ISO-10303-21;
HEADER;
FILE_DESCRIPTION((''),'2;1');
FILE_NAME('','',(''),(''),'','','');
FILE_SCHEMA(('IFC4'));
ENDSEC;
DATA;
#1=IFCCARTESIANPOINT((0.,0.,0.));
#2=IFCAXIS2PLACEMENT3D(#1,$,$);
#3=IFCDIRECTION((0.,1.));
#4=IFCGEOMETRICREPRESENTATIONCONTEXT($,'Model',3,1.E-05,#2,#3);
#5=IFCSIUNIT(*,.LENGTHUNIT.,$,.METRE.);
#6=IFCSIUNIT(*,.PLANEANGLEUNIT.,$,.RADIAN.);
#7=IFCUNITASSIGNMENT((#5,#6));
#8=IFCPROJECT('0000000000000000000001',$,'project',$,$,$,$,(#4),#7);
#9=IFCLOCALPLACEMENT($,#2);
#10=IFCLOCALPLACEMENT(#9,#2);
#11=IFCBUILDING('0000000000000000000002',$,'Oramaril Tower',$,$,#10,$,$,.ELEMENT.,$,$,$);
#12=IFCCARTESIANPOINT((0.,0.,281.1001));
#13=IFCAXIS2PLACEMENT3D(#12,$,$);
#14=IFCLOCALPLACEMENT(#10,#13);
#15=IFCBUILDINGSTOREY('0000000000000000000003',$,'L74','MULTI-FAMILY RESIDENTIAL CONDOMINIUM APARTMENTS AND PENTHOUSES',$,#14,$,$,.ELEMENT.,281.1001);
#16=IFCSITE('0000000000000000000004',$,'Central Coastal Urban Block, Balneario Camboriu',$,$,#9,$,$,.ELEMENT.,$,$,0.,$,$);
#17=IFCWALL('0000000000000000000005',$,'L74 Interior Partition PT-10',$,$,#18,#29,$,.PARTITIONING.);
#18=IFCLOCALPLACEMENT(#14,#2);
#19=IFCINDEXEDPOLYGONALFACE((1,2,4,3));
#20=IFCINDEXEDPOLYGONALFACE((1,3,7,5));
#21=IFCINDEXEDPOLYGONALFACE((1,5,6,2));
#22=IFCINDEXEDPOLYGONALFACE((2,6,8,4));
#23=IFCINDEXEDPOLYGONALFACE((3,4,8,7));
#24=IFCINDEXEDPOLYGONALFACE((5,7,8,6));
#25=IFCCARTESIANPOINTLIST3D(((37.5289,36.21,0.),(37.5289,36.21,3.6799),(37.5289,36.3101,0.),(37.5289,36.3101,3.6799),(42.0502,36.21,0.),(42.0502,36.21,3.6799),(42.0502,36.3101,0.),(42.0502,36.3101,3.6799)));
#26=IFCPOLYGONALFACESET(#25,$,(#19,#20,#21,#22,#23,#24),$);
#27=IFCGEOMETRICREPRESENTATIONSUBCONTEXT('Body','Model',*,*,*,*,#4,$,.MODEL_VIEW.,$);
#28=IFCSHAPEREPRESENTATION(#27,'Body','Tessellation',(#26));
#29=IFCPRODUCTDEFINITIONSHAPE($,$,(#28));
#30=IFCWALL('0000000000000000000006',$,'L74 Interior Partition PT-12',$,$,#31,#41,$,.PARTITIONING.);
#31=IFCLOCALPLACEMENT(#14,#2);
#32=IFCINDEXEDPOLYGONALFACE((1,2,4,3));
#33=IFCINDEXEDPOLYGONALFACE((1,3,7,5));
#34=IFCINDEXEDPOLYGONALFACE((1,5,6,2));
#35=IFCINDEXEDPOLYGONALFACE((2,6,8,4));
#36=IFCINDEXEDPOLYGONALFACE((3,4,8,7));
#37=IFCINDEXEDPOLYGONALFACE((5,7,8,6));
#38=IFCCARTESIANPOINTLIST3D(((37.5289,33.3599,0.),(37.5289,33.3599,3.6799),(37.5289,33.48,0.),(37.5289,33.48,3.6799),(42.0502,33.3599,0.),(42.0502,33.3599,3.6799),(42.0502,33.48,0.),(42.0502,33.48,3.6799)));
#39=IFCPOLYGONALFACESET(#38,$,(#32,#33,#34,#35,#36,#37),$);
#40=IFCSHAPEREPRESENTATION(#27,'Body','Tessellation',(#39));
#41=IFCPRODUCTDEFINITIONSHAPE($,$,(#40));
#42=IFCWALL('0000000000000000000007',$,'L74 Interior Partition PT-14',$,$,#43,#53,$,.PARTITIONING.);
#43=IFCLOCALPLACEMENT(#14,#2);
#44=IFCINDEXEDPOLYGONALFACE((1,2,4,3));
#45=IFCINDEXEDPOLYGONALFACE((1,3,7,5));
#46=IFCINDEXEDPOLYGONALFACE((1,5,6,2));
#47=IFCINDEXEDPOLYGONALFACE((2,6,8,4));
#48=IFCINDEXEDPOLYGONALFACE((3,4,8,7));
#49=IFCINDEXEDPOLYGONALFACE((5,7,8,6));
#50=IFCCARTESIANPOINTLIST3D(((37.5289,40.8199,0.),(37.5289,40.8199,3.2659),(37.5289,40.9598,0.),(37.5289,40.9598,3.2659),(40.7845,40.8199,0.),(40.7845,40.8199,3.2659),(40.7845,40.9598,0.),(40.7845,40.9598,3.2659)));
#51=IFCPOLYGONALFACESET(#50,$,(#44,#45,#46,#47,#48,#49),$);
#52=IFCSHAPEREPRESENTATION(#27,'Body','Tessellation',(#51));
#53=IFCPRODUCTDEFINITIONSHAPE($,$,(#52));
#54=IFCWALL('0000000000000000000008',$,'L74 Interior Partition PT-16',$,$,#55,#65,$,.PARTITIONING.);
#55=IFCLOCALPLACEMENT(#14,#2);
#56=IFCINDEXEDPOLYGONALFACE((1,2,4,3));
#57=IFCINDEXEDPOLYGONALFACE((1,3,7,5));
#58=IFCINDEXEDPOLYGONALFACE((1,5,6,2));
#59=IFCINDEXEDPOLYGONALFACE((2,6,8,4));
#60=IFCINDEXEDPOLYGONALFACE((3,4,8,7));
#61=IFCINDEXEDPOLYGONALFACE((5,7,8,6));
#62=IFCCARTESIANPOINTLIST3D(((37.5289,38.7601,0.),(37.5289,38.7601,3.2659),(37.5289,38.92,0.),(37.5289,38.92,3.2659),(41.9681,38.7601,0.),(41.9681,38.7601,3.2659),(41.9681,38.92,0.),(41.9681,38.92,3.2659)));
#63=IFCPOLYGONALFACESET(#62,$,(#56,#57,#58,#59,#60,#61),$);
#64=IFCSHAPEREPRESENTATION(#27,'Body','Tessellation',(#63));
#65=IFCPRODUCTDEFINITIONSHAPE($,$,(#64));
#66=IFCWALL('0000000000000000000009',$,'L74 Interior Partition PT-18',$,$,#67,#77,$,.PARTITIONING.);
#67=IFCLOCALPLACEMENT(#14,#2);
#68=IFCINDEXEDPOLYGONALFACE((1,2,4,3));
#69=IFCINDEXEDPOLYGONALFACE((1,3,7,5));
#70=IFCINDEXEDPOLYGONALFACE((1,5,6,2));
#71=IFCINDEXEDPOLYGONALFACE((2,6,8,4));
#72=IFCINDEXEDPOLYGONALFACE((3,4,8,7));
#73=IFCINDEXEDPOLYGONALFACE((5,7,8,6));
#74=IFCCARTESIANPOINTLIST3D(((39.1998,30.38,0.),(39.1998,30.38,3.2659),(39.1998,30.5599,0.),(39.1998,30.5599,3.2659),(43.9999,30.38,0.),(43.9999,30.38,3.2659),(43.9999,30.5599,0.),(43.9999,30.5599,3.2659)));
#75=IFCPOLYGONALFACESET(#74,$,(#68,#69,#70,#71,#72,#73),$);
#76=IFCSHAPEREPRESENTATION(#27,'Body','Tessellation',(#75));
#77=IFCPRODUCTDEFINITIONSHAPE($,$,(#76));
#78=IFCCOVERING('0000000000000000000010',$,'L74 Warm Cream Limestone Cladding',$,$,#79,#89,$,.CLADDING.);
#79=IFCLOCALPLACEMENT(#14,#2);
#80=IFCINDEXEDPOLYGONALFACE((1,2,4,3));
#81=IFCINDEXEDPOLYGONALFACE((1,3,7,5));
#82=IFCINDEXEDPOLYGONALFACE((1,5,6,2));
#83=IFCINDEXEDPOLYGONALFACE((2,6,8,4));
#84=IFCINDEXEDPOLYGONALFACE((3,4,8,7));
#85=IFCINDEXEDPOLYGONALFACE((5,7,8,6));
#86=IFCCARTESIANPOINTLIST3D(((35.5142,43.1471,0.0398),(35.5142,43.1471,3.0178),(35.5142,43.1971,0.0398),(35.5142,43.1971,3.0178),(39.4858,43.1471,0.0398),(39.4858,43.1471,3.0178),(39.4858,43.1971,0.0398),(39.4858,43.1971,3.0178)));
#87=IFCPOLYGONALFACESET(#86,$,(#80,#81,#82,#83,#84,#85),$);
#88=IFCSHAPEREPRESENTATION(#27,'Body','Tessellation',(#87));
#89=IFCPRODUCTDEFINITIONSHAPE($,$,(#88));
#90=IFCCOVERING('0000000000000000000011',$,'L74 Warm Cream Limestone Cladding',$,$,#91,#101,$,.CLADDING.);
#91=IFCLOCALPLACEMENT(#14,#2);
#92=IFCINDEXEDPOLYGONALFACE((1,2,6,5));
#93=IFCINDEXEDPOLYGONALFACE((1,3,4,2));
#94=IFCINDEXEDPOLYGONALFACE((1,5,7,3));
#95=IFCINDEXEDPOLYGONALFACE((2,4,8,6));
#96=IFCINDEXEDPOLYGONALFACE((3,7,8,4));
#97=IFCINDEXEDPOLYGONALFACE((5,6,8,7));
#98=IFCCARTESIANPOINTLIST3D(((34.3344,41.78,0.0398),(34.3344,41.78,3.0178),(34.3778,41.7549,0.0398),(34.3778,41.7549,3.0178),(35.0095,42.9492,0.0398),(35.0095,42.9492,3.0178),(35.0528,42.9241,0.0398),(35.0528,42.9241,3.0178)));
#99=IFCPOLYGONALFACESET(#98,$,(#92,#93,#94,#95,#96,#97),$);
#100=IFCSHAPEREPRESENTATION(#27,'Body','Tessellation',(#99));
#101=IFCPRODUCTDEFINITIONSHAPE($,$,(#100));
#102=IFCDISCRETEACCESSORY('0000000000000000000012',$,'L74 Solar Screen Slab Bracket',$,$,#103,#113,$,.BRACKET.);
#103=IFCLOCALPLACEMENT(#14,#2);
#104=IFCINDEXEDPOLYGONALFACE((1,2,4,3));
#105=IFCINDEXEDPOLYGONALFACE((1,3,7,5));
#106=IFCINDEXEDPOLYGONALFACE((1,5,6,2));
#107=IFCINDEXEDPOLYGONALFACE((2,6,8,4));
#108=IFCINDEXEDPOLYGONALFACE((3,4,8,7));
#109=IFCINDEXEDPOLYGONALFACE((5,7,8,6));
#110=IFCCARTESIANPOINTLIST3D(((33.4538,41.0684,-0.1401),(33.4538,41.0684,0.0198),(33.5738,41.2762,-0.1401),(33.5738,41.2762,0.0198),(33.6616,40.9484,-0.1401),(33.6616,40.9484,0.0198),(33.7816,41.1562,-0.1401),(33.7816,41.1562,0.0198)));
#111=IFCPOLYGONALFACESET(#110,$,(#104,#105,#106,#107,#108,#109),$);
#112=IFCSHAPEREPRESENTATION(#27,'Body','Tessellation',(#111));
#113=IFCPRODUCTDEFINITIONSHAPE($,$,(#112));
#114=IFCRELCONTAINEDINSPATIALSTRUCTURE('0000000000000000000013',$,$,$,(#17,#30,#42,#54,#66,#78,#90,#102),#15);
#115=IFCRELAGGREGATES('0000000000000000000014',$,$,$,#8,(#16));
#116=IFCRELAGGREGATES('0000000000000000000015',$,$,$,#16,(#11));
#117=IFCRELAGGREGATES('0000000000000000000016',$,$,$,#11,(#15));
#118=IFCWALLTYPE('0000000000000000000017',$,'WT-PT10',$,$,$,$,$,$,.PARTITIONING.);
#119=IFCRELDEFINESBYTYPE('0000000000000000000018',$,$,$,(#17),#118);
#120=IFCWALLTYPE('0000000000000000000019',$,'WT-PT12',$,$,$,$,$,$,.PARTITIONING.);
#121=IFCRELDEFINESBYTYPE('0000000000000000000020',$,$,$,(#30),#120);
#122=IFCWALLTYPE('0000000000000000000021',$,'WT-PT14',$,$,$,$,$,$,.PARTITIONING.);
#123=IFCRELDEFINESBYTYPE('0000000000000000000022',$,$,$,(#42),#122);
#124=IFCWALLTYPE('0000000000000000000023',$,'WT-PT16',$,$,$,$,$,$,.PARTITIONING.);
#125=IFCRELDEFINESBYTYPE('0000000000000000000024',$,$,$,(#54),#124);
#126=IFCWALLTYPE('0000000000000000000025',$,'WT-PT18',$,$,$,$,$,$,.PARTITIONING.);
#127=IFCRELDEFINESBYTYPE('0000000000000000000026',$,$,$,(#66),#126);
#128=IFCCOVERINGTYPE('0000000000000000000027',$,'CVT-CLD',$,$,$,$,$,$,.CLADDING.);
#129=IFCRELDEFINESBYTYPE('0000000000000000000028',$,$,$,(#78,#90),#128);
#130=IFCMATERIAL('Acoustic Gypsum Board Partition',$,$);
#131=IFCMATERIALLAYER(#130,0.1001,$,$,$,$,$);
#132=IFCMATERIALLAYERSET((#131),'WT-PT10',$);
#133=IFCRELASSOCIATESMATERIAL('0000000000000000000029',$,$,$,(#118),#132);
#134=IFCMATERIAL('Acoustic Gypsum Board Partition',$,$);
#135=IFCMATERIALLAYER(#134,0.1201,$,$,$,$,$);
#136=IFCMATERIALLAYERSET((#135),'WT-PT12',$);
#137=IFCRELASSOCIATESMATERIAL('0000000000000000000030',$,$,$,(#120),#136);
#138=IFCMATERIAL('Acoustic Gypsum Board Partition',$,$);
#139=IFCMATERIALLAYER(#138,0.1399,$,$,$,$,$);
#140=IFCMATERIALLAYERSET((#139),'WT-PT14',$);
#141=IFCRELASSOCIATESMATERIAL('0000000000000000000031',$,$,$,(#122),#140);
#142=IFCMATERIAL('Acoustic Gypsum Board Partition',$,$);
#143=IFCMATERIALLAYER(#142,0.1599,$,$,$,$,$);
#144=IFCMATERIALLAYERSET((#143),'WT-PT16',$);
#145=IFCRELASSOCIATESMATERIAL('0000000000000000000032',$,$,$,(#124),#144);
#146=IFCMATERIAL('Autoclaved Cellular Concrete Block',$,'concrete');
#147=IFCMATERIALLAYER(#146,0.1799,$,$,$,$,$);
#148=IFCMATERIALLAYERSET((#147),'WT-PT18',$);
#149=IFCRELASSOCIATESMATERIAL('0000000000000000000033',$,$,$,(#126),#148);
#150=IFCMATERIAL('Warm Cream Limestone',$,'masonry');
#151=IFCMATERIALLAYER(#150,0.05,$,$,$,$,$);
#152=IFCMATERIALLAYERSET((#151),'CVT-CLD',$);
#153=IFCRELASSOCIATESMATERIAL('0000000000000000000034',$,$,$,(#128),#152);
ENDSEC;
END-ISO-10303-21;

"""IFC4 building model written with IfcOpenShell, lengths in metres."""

from ifc_helpers import new_model, si_unit, direction, frame, frame_2d, origin, origin_2d, place, context, subcontext, project, spatial, rectangle, extrude, material, layer, layer_set, type_object, element, save


model = new_model("IFC4")

# Units and contexts
model_context = context("Model", 3, precision=1e-05, world=origin(), true_north=direction((0.0, 1.0)))
body_context = subcontext(model_context, "Body", "Model", "MODEL_VIEW")
ifc_project = project(units=[si_unit("LENGTHUNIT", "METRE"), si_unit("PLANEANGLEUNIT", "RADIAN")], contexts=[model_context])

# Site, building, storey
site_placement = place(None, origin())
site = spatial("IfcSite", under=ifc_project, at=site_placement, Name="Central Coastal Urban Block, Balneario Camboriu", CompositionType="ELEMENT", RefElevation=0.0)
building_placement = place(site_placement, origin())
building = spatial("IfcBuilding", under=site, at=building_placement, Name="Oramaril Tower", CompositionType="ELEMENT")
storey_placement = place(building_placement, frame((0.0, 0.0, 281.1001)))
storey = spatial("IfcBuildingStorey", under=building, at=storey_placement, Name="L74", Description="MULTI-FAMILY RESIDENTIAL CONDOMINIUM APARTMENTS AND PENTHOUSES", CompositionType="ELEMENT", Elevation=281.1001)

# Walls
ifc_material_1 = material(Name="Acoustic Gypsum Board Partition")
ifc_layer_1 = layer(ifc_material_1, 0.1001)
ifc_layer_set_1 = layer_set([ifc_layer_1], Name="WT-PT10")
wall_type_1 = type_object("IfcWallType", Name="WT-PT10", PredefinedType="PARTITIONING", material=ifc_layer_set_1)
wall_1_placement = place(storey_placement, frame((37.5288, 36.26, 0.0), z_axis=(0.0, 0.0, 1.0), x_axis=(1.0, 0.0, 0.0)))
element("IfcWall", 1, at=wall_1_placement, inside=storey, type_object=wall_type_1, Name="L74 Interior Partition PT-10", PredefinedType="PARTITIONING", context=body_context, shape_type="SweptSolid", body=[
    extrude(rectangle(XDim=4.5212, YDim=0.1001, at=frame_2d((2.2607, 0.0))), origin(), (0.0, 0.0, 1.0), 3.6799),
])
ifc_material_2 = material(Name="Acoustic Gypsum Board Partition")
ifc_layer_2 = layer(ifc_material_2, 0.1201)
ifc_layer_set_2 = layer_set([ifc_layer_2], Name="WT-PT12")
wall_type_2 = type_object("IfcWallType", Name="WT-PT12", PredefinedType="PARTITIONING", material=ifc_layer_set_2)
wall_2_placement = place(storey_placement, frame((37.5288, 33.4199, 0.0), z_axis=(0.0, 0.0, 1.0), x_axis=(1.0, 0.0, 0.0)))
element("IfcWall", 2, at=wall_2_placement, inside=storey, type_object=wall_type_2, Name="L74 Interior Partition PT-12", PredefinedType="PARTITIONING", context=body_context, shape_type="SweptSolid", body=[
    extrude(rectangle(XDim=4.5212, YDim=0.1201, at=frame_2d((2.2607, 0.0))), origin(), (0.0, 0.0, 1.0), 3.6799),
])
ifc_material_3 = material(Name="Acoustic Gypsum Board Partition")
ifc_layer_3 = layer(ifc_material_3, 0.1399)
ifc_layer_set_3 = layer_set([ifc_layer_3], Name="WT-PT14")
wall_type_3 = type_object("IfcWallType", Name="WT-PT14", PredefinedType="PARTITIONING", material=ifc_layer_set_3)
wall_3_placement = place(storey_placement, frame((37.5288, 40.8899, 0.0), z_axis=(0.0, 0.0, 1.0), x_axis=(1.0, 0.0, 0.0)))
element("IfcWall", 3, at=wall_3_placement, inside=storey, type_object=wall_type_3, Name="L74 Interior Partition PT-14", PredefinedType="PARTITIONING", context=body_context, shape_type="SweptSolid", body=[
    extrude(rectangle(XDim=3.2556, YDim=0.1399, at=frame_2d((1.6279, 0.0))), origin(), (0.0, 0.0, 1.0), 3.2659),
])
ifc_material_4 = material(Name="Acoustic Gypsum Board Partition")
ifc_layer_4 = layer(ifc_material_4, 0.1599)
ifc_layer_set_4 = layer_set([ifc_layer_4], Name="WT-PT16")
wall_type_4 = type_object("IfcWallType", Name="WT-PT16", PredefinedType="PARTITIONING", material=ifc_layer_set_4)
wall_4_placement = place(storey_placement, frame((37.5288, 38.8401, 0.0), z_axis=(0.0, 0.0, 1.0), x_axis=(1.0, 0.0, 0.0)))
element("IfcWall", 4, at=wall_4_placement, inside=storey, type_object=wall_type_4, Name="L74 Interior Partition PT-16", PredefinedType="PARTITIONING", context=body_context, shape_type="SweptSolid", body=[
    extrude(rectangle(XDim=4.4392, YDim=0.1599, at=frame_2d((2.2197, 0.0))), origin(), (0.0, 0.0, 1.0), 3.2659),
])
ifc_material_5 = material(Name="Autoclaved Cellular Concrete Block", Category="concrete")
ifc_layer_5 = layer(ifc_material_5, 0.1799)
ifc_layer_set_5 = layer_set([ifc_layer_5], Name="WT-PT18")
wall_type_5 = type_object("IfcWallType", Name="WT-PT18", PredefinedType="PARTITIONING", material=ifc_layer_set_5)
wall_5_placement = place(storey_placement, frame((39.2, 30.47, 0.0), z_axis=(0.0, 0.0, 1.0), x_axis=(1.0, 0.0, 0.0)))
element("IfcWall", 5, at=wall_5_placement, inside=storey, type_object=wall_type_5, Name="L74 Interior Partition PT-18", PredefinedType="PARTITIONING", context=body_context, shape_type="SweptSolid", body=[
    extrude(rectangle(XDim=4.8, YDim=0.1799, at=frame_2d((2.3999, 0.0))), origin(), (0.0, 0.0, 1.0), 3.2659),
])

# Coverings
ifc_material_6 = material(Name="Warm Cream Limestone", Category="masonry")
ifc_layer_6 = layer(ifc_material_6, 0.05)
ifc_layer_set_6 = layer_set([ifc_layer_6], Name="CVT-CLD")
covering_type = type_object("IfcCoveringType", Name="CVT-CLD", PredefinedType="CLADDING", material=ifc_layer_set_6)
covering_1_placement = place(storey_placement, frame((37.5, 43.1721, 0.0398), z_axis=(0.0, 0.0, 1.0), x_axis=(-1.0, 0.0, 0.0)))
element("IfcCovering", 6, at=covering_1_placement, inside=storey, type_object=covering_type, Name="L74 Warm Cream Limestone Cladding", PredefinedType="CLADDING", context=body_context, shape_type="SweptSolid", body=[
    extrude(rectangle(XDim=3.9717, YDim=0.05, at=origin_2d()), origin(), (0.0, 0.0, 1.0), 2.978),
])
covering_2_placement = place(storey_placement, frame((34.6936, 42.3521, 0.0398), z_axis=(0.0, 0.0, 1.0), x_axis=(-0.5, -0.866025, 0.0)))
element("IfcCovering", 7, at=covering_2_placement, inside=storey, type_object=covering_type, Name="L74 Warm Cream Limestone Cladding", PredefinedType="CLADDING", context=body_context, shape_type="SweptSolid", body=[
    extrude(rectangle(XDim=1.3501, YDim=0.05, at=origin_2d()), origin(), (0.0, 0.0, 1.0), 2.978),
])

# Discrete accessory
discrete_accessory_placement = place(storey_placement, frame((33.6177, 41.1123, -0.1401), z_axis=(0.0, 0.0, 1.0), x_axis=(-0.5, -0.866025, 0.0)))
element("IfcDiscreteAccessory", 8, at=discrete_accessory_placement, inside=storey, Name="L74 Solar Screen Slab Bracket", PredefinedType="BRACKET", context=body_context, shape_type="SweptSolid", body=[
    extrude(rectangle(XDim=0.24, YDim=0.24, at=origin_2d()), origin(), (0.0, 0.0, 1.0), 0.1599),
])

save(model, "model.ifc")
